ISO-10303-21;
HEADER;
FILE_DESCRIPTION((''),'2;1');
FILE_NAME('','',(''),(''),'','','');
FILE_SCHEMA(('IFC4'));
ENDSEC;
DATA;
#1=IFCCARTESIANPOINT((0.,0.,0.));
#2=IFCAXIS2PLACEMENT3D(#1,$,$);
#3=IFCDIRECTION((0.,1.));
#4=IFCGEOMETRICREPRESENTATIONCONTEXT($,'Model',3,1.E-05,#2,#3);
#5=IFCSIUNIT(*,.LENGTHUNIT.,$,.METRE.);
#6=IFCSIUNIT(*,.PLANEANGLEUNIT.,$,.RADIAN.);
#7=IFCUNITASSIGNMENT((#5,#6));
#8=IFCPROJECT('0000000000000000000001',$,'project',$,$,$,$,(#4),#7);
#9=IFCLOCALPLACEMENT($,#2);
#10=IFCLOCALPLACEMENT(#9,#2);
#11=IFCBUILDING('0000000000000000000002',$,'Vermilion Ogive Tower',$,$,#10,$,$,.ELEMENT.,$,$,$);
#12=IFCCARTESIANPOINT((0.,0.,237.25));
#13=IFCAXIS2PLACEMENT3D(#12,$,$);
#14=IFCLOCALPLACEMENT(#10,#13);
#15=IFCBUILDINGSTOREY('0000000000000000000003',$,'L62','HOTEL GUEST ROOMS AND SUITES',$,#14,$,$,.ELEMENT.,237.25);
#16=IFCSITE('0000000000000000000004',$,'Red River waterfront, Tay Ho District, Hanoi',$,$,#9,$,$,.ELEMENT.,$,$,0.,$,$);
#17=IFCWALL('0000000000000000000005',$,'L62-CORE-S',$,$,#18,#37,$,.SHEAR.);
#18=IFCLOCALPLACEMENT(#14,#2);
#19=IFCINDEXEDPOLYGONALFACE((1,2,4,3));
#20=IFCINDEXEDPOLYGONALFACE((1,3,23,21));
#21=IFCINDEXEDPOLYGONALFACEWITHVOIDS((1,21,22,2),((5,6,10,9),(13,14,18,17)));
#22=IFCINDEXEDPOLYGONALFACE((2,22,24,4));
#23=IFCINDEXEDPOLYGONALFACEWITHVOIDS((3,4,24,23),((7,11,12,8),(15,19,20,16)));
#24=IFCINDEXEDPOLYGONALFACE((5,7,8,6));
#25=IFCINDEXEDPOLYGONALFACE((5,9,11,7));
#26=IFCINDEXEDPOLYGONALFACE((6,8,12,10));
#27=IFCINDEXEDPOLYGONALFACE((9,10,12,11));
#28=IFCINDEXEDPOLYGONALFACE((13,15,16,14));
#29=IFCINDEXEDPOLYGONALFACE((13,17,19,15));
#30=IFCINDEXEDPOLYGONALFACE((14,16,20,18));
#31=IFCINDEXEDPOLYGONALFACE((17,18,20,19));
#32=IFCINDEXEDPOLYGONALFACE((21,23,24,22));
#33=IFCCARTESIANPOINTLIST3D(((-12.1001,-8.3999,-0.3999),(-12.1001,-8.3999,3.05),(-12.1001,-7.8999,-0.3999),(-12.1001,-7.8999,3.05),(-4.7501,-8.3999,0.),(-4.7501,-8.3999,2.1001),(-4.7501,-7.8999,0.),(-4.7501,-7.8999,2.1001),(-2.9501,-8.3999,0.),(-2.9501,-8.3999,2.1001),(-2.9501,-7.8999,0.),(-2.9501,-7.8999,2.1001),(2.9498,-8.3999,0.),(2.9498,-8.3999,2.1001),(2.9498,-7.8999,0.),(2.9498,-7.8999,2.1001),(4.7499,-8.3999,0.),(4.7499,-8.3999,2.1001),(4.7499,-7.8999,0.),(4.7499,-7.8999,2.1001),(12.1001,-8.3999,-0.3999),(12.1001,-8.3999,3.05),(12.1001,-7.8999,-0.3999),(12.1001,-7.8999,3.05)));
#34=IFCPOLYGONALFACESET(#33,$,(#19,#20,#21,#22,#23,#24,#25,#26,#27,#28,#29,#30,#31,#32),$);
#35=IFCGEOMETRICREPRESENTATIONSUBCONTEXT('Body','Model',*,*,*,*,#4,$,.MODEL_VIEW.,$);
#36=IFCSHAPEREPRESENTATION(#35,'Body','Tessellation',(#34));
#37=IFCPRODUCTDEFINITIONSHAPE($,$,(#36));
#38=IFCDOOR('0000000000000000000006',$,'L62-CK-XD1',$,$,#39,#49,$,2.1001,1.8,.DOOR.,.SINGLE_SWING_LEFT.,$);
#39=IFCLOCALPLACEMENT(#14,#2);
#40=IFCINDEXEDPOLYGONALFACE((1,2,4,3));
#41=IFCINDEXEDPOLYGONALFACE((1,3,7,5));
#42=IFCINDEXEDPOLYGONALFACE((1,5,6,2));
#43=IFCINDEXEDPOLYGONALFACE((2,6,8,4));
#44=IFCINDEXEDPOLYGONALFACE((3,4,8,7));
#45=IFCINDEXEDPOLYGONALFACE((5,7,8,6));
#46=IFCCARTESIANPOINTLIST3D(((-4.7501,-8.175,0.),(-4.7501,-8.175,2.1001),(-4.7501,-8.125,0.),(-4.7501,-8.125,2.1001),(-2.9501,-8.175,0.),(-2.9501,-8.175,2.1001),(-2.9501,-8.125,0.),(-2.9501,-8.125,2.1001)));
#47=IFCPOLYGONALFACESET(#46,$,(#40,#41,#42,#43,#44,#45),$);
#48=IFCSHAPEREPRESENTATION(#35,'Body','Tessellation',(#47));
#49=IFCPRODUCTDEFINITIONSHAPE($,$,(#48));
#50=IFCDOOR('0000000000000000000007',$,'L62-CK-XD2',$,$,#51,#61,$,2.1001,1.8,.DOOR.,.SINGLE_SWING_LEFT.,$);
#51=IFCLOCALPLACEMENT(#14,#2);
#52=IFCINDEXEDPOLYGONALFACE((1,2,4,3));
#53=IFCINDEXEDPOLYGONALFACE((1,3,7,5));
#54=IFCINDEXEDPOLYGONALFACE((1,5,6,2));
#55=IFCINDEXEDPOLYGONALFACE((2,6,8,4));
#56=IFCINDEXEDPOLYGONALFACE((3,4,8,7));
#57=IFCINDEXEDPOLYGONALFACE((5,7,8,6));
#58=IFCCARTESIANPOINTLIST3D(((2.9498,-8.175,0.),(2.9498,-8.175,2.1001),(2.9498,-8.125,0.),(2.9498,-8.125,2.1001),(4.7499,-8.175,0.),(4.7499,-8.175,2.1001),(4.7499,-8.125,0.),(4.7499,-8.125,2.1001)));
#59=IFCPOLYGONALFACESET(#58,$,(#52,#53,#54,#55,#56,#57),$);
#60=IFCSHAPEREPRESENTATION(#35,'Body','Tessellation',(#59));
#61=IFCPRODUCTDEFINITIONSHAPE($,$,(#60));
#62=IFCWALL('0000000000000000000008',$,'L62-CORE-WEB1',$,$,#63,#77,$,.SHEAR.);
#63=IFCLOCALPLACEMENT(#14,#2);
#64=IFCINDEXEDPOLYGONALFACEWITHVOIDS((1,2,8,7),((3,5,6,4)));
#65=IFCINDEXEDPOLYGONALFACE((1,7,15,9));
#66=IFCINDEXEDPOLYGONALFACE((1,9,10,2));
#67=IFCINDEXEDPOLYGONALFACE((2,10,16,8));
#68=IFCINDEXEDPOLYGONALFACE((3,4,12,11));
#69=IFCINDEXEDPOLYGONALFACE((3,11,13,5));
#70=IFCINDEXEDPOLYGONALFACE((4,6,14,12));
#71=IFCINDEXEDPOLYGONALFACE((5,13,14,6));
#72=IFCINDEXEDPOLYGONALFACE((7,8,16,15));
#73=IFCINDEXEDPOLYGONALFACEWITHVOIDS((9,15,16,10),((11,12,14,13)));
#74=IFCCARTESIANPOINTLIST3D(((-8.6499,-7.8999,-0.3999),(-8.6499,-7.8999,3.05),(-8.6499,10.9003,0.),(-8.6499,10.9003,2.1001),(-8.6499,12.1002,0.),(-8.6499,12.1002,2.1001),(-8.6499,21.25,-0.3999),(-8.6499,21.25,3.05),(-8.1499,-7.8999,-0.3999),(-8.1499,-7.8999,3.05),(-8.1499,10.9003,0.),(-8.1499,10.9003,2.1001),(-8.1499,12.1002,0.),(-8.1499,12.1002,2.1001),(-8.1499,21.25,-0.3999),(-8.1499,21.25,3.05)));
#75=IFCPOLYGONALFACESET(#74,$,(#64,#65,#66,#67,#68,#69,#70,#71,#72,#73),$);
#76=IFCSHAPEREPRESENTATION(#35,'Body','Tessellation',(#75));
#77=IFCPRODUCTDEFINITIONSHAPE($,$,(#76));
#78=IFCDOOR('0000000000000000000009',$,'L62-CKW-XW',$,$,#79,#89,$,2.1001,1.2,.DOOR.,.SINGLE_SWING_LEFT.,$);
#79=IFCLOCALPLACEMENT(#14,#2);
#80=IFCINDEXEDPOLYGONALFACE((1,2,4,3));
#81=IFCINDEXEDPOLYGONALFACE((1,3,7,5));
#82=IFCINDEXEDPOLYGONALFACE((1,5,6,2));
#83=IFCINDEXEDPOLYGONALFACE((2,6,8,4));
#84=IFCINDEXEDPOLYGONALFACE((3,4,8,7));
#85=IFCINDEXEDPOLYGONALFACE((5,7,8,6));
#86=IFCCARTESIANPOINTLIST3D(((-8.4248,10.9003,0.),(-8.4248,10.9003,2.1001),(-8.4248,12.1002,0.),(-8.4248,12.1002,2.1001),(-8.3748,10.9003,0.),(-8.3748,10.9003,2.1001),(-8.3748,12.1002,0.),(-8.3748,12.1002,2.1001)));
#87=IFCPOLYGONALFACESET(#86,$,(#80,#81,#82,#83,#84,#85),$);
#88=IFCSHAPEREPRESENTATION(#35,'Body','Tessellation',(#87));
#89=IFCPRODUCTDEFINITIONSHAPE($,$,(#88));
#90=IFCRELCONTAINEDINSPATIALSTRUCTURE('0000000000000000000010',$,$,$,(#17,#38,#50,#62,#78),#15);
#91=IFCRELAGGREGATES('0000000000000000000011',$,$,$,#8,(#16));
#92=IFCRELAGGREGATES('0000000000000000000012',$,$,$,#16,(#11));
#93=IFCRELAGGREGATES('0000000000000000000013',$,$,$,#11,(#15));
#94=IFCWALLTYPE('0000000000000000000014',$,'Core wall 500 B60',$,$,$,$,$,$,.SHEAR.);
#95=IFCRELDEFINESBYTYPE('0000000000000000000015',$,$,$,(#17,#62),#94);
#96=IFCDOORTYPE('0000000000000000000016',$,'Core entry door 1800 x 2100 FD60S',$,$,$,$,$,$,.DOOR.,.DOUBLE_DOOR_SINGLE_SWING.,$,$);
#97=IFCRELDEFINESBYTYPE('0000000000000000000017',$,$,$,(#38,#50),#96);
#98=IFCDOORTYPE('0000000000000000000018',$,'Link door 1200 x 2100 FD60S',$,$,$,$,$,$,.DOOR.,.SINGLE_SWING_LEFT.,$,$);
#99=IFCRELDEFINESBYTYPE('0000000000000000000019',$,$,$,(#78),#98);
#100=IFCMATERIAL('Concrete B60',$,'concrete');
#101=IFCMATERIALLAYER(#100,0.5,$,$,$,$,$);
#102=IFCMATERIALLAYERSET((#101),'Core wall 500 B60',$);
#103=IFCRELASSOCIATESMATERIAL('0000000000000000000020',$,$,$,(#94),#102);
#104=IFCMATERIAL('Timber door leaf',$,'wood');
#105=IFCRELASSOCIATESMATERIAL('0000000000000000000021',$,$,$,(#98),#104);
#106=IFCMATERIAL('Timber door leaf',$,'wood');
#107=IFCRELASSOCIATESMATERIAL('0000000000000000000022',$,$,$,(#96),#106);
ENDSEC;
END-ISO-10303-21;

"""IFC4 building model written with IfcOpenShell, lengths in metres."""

from ifc_helpers import new_model, si_unit, direction, frame, frame_2d, origin, place, context, subcontext, project, spatial, rectangle, extrude, material, layer, layer_set, type_object, element, fill, save


model = new_model("IFC4")

# Units and contexts
model_context = context("Model", 3, precision=1e-05, world=origin(), true_north=direction((0.0, 1.0)))
body_context = subcontext(model_context, "Body", "Model", "MODEL_VIEW")
ifc_project = project(units=[si_unit("LENGTHUNIT", "METRE"), si_unit("PLANEANGLEUNIT", "RADIAN")], contexts=[model_context])

# Site, building, storey
site_placement = place(None, origin())
site = spatial("IfcSite", under=ifc_project, at=site_placement, Name="Red River waterfront, Tay Ho District, Hanoi", CompositionType="ELEMENT", RefElevation=0.0)
building_placement = place(site_placement, origin())
building = spatial("IfcBuilding", under=site, at=building_placement, Name="Vermilion Ogive Tower", CompositionType="ELEMENT")
storey_placement = place(building_placement, frame((0.0, 0.0, 237.25)))
storey = spatial("IfcBuildingStorey", under=building, at=storey_placement, Name="L62", Description="HOTEL GUEST ROOMS AND SUITES", CompositionType="ELEMENT", Elevation=237.25)

# Wall, openings, doors
ifc_material_1 = material(Name="Concrete B60", Category="concrete")
ifc_layer_1 = layer(ifc_material_1, 0.5)
ifc_layer_set_1 = layer_set([ifc_layer_1], Name="Core wall 500 B60")
wall_type_1 = type_object("IfcWallType", Name="Core wall 500 B60", PredefinedType="SHEAR", material=ifc_layer_set_1)
ifc_material_2 = material(Name="Timber door leaf", Category="wood")
door_type_1 = type_object("IfcDoorType", Name="Link door 1200 x 2100 FD60S", OperationType="SINGLE_SWING_LEFT", PredefinedType="DOOR", material=ifc_material_2)
wall_1_placement = place(storey_placement, frame((-12.1001, -8.1499, -0.3999), z_axis=(0.0, 0.0, 1.0), x_axis=(1.0, 0.0, 0.0)))
wall_1 = element("IfcWall", 1, at=wall_1_placement, inside=storey, type_object=wall_type_1, Name="L62-CORE-S", PredefinedType="SHEAR", context=body_context, shape_type="SweptSolid", body=[
    extrude(rectangle(XDim=24.2002, YDim=0.5, at=frame_2d((12.1001, 0.0))), origin(), (0.0, 0.0, 1.0), 3.45),
])
opening_1_placement = place(wall_1_placement, frame((7.3501, 0.0, 0.3999)))
opening_1 = element("IfcOpeningElement", 2, at=opening_1_placement, cuts=wall_1, PredefinedType="OPENING", context=body_context, shape_type="SweptSolid", body=[
    extrude(rectangle(XDim=1.8, YDim=2.1001, at=frame_2d((0.8999, 1.05))), frame((0.0, 0.26, 0.0), z_axis=(0.0, -1.0, 0.0), x_axis=(1.0, 0.0, 0.0)), (0.0, 0.0, 1.0), 0.52),
])
opening_2_placement = place(wall_1_placement, frame((15.05, 0.0, 0.3999)))
opening_2 = element("IfcOpeningElement", 3, at=opening_2_placement, cuts=wall_1, PredefinedType="OPENING", context=body_context, shape_type="SweptSolid", body=[
    extrude(rectangle(XDim=1.8, YDim=2.1001, at=frame_2d((0.8999, 1.05))), frame((0.0, 0.26, 0.0), z_axis=(0.0, -1.0, 0.0), x_axis=(1.0, 0.0, 0.0)), (0.0, 0.0, 1.0), 0.52),
])
ifc_material_3 = material(Name="Timber door leaf", Category="wood")
door_type_2 = type_object("IfcDoorType", Name="Core entry door 1800 x 2100 FD60S", OperationType="DOUBLE_DOOR_SINGLE_SWING", PredefinedType="DOOR", material=ifc_material_3)
door_1_placement = place(opening_1_placement, origin())
door_1 = element("IfcDoor", 4, at=door_1_placement, inside=storey, type_object=door_type_2, Name="L62-CK-XD1", OperationType="SINGLE_SWING_LEFT", OverallHeight=2.1001, OverallWidth=1.8, PredefinedType="DOOR", context=body_context, shape_type="SweptSolid", body=[
    extrude(rectangle(XDim=1.8, YDim=2.1001, at=frame_2d((0.8999, 1.05))), frame((0.0, 0.0249, 0.0), z_axis=(0.0, -1.0, 0.0), x_axis=(1.0, 0.0, 0.0)), (0.0, 0.0, 1.0), 0.05),
])
fill(opening_1, door_1)
door_2_placement = place(opening_2_placement, origin())
door_2 = element("IfcDoor", 5, at=door_2_placement, inside=storey, type_object=door_type_2, Name="L62-CK-XD2", OperationType="SINGLE_SWING_LEFT", OverallHeight=2.1001, OverallWidth=1.8, PredefinedType="DOOR", context=body_context, shape_type="SweptSolid", body=[
    extrude(rectangle(XDim=1.8, YDim=2.1001, at=frame_2d((0.8999, 1.05))), frame((0.0, 0.0249, 0.0), z_axis=(0.0, -1.0, 0.0), x_axis=(1.0, 0.0, 0.0)), (0.0, 0.0, 1.0), 0.05),
])
fill(opening_2, door_2)

# Wall, opening, door
wall_2_placement = place(storey_placement, frame((-8.3999, -7.8999, -0.3999), z_axis=(0.0, 0.0, 1.0), x_axis=(0.0, 1.0, 0.0)))
wall_2 = element("IfcWall", 6, at=wall_2_placement, inside=storey, type_object=wall_type_1, Name="L62-CORE-WEB1", PredefinedType="SHEAR", context=body_context, shape_type="SweptSolid", body=[
    extrude(rectangle(XDim=29.1499, YDim=0.5, at=frame_2d((14.575, 0.0))), origin(), (0.0, 0.0, 1.0), 3.45),
])
opening_3_placement = place(wall_2_placement, frame((18.8, 0.0, 0.3999)))
opening_3 = element("IfcOpeningElement", 7, at=opening_3_placement, cuts=wall_2, PredefinedType="OPENING", context=body_context, shape_type="SweptSolid", body=[
    extrude(rectangle(XDim=1.2, YDim=2.1001, at=frame_2d((0.6001, 1.05))), frame((0.0, 0.26, 0.0), z_axis=(0.0, -1.0, 0.0), x_axis=(1.0, 0.0, 0.0)), (0.0, 0.0, 1.0), 0.52),
])
door_3_placement = place(opening_3_placement, origin())
door_3 = element("IfcDoor", 8, at=door_3_placement, inside=storey, type_object=door_type_1, Name="L62-CKW-XW", OperationType="SINGLE_SWING_LEFT", OverallHeight=2.1001, OverallWidth=1.2, PredefinedType="DOOR", context=body_context, shape_type="SweptSolid", body=[
    extrude(rectangle(XDim=1.2, YDim=2.1001, at=frame_2d((0.6001, 1.05))), frame((0.0, 0.0249, 0.0), z_axis=(0.0, -1.0, 0.0), x_axis=(1.0, 0.0, 0.0)), (0.0, 0.0, 1.0), 0.05),
])
fill(opening_3, door_3)

save(model, "model.ifc")
